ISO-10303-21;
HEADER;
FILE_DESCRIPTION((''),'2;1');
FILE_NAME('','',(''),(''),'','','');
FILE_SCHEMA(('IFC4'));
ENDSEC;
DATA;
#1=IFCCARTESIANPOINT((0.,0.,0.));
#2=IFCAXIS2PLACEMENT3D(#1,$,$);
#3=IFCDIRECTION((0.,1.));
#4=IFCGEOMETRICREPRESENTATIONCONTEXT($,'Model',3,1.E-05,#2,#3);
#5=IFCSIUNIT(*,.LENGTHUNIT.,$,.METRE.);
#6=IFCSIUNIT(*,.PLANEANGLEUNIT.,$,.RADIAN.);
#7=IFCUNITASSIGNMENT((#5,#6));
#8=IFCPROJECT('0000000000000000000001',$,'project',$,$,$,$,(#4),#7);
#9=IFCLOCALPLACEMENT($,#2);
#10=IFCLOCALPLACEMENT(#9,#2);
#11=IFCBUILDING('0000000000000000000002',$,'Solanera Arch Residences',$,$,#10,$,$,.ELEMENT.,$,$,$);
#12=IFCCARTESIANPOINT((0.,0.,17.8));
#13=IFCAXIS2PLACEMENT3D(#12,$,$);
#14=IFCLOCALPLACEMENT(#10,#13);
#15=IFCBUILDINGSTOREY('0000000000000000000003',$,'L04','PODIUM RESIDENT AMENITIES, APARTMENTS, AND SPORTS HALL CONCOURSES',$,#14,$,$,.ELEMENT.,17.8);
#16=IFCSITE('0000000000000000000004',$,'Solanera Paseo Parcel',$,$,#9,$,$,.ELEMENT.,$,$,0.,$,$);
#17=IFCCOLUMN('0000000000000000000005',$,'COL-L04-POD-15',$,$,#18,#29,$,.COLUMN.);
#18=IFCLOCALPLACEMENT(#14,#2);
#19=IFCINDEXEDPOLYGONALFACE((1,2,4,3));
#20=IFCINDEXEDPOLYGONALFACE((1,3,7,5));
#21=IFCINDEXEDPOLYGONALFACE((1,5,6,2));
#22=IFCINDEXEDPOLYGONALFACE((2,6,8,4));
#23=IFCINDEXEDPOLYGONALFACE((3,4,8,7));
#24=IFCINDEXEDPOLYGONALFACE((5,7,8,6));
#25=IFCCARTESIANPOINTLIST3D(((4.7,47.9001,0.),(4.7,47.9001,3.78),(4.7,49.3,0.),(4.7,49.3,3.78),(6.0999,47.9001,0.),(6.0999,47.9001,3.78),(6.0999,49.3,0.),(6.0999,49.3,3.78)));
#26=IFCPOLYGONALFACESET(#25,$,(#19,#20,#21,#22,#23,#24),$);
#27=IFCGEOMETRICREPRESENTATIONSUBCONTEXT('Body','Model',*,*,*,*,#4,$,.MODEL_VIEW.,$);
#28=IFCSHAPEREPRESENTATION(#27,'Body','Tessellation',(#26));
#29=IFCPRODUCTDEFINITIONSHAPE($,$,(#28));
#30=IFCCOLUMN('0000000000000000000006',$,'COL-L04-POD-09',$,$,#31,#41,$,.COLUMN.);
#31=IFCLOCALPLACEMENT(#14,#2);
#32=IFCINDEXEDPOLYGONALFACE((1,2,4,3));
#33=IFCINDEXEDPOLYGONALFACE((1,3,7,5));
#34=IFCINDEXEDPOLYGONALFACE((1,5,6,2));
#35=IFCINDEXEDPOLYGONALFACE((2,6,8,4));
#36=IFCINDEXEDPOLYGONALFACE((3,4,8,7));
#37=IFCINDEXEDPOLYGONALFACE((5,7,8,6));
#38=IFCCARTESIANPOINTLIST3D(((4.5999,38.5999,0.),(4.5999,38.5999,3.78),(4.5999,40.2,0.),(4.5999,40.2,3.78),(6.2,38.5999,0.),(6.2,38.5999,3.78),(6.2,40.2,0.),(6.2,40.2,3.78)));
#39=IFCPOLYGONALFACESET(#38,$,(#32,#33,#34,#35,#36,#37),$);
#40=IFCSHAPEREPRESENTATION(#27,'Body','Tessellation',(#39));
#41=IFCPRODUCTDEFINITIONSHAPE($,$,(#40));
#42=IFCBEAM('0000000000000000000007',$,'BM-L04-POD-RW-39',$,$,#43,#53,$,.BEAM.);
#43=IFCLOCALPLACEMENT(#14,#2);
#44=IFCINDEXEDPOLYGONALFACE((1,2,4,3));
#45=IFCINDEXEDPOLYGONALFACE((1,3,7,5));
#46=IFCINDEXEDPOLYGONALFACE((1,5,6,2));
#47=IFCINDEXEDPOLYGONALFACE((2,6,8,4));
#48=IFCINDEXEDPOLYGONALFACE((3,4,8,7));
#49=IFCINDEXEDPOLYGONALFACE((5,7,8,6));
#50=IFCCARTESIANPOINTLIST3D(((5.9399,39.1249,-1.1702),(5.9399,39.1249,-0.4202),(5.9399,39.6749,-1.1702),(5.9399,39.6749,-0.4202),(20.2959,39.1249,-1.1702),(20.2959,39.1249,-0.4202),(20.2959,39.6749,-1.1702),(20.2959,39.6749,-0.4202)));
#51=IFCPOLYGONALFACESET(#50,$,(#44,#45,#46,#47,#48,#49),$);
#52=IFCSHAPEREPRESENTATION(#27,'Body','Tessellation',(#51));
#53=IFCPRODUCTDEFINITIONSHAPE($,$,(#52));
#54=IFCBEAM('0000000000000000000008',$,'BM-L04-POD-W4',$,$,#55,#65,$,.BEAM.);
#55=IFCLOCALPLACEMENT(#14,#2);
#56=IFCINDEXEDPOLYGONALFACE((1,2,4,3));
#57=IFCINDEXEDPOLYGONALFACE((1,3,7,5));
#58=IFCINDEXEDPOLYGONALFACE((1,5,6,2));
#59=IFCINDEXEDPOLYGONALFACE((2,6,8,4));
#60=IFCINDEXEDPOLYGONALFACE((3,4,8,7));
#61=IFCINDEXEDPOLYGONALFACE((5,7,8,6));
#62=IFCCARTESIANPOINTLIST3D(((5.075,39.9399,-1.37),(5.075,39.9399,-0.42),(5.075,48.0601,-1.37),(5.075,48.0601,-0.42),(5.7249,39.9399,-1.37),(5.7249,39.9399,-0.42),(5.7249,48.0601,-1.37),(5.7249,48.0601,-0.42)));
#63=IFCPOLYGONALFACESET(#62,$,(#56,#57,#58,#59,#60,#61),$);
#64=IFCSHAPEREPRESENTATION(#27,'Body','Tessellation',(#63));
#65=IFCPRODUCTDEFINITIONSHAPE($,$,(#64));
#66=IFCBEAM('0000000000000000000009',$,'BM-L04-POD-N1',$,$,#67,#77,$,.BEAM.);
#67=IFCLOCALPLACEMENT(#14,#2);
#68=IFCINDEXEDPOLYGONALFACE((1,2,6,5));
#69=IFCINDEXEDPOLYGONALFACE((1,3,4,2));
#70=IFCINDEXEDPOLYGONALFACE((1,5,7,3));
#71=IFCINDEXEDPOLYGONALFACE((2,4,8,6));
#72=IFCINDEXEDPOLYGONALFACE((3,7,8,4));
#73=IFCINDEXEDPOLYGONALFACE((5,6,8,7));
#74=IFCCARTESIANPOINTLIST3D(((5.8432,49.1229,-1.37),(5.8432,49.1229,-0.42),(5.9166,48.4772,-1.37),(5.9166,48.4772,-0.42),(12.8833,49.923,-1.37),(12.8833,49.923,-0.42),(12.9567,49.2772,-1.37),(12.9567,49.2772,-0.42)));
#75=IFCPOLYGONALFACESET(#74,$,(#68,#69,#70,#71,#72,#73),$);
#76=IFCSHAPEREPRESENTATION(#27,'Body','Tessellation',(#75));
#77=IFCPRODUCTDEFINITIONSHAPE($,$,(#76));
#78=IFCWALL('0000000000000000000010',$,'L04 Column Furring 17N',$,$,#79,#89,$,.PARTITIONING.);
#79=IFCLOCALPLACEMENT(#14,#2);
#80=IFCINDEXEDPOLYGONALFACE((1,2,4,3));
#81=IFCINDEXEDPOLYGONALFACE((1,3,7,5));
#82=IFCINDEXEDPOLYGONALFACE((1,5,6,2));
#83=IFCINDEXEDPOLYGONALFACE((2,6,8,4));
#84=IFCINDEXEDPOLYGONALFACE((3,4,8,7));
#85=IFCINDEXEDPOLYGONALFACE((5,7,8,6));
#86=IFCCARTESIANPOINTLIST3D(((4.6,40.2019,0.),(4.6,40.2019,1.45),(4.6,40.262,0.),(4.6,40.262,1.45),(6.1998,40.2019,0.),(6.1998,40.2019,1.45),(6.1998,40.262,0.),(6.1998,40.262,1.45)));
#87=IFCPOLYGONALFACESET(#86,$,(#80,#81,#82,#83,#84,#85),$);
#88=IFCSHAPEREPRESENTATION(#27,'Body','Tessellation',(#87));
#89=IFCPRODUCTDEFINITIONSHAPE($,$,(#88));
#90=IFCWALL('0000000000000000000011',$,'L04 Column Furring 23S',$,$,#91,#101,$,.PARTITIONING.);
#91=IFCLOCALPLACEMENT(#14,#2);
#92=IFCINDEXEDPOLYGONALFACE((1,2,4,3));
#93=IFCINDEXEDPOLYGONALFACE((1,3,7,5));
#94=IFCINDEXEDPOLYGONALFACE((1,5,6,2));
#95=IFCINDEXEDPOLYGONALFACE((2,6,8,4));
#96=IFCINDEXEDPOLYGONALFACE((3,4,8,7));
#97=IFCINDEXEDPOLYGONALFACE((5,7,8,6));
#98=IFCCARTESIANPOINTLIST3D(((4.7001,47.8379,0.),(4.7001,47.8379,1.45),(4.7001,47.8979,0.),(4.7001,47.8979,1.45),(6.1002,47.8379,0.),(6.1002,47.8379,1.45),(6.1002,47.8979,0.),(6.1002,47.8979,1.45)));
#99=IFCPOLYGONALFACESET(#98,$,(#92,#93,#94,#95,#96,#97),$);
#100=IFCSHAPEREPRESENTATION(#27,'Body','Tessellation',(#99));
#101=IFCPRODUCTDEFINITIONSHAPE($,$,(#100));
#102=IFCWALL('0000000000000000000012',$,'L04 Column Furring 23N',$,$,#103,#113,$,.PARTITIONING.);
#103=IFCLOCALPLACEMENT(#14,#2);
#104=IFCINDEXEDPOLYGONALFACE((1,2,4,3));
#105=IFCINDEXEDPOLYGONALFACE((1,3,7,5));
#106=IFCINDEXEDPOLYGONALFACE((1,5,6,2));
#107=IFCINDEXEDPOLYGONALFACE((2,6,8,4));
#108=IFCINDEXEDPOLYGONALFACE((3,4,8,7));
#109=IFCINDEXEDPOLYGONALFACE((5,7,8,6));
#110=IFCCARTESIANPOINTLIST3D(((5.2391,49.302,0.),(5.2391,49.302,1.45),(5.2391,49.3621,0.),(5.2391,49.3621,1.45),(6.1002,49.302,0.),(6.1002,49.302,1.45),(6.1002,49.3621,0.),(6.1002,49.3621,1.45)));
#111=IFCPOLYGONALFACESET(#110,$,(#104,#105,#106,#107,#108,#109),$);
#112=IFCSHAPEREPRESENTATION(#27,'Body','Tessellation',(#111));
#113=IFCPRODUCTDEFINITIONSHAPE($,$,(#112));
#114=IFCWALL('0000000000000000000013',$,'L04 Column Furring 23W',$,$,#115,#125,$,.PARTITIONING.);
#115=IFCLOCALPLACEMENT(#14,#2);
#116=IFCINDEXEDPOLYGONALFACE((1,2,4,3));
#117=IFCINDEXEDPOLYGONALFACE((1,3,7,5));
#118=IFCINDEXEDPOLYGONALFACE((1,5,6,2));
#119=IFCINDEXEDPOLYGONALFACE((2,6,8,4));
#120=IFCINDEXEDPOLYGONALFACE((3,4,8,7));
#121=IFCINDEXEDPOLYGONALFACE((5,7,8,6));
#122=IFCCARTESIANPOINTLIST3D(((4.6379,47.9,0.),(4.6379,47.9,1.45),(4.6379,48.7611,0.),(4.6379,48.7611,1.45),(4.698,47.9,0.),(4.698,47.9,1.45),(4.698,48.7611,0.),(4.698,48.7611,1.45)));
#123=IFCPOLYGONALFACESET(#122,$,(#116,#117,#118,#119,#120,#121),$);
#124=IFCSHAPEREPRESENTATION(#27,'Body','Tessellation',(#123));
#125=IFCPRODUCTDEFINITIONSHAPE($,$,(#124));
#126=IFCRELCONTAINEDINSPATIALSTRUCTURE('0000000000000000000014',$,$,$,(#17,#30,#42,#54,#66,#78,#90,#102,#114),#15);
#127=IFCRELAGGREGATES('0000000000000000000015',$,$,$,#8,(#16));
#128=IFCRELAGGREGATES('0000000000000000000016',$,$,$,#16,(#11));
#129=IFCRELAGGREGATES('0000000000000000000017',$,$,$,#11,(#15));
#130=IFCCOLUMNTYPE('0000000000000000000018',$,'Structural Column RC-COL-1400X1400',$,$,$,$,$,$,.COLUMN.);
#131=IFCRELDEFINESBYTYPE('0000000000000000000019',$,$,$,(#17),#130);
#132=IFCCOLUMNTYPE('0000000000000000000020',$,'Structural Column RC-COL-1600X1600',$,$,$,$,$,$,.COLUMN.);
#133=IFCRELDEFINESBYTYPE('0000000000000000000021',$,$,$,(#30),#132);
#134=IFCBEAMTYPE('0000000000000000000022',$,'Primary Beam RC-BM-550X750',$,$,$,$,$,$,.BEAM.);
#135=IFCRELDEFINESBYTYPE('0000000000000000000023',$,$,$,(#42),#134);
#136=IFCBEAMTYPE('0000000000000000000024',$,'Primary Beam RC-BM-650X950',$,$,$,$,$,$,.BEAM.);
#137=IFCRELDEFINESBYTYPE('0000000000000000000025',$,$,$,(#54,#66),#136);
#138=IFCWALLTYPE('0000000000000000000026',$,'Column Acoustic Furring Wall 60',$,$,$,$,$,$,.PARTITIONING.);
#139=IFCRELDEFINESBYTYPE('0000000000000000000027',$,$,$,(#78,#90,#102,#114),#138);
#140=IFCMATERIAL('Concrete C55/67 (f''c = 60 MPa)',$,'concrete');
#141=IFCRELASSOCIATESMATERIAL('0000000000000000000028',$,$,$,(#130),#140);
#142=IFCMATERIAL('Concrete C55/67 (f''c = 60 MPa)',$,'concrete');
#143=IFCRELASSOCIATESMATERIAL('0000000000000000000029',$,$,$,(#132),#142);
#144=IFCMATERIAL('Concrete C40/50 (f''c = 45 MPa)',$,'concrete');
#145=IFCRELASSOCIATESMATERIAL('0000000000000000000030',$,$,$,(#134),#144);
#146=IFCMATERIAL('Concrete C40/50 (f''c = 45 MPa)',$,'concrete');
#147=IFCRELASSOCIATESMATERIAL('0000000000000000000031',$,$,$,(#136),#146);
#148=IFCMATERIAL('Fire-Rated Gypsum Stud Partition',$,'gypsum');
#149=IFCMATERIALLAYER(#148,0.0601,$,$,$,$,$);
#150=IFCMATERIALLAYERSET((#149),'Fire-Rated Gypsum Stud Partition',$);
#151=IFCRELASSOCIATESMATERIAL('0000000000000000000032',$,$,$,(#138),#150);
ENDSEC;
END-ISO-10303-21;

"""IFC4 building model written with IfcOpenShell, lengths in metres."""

from ifc_helpers import new_model, si_unit, direction, frame, frame_2d, origin, origin_2d, place, context, subcontext, project, spatial, rectangle, extrude, material, layer, layer_set, material_profile, profile_set, type_object, element, save


model = new_model("IFC4")

# Units and contexts
model_context = context("Model", 3, precision=1e-05, world=origin(), true_north=direction((0.0, 1.0)))
body_context = subcontext(model_context, "Body", "Model", "MODEL_VIEW")
ifc_project = project(units=[si_unit("LENGTHUNIT", "METRE"), si_unit("PLANEANGLEUNIT", "RADIAN")], contexts=[model_context])

# Site, building, storey
site_placement = place(None, origin())
site = spatial("IfcSite", under=ifc_project, at=site_placement, Name="Solanera Paseo Parcel", CompositionType="ELEMENT", RefElevation=0.0)
building_placement = place(site_placement, origin())
building = spatial("IfcBuilding", under=site, at=building_placement, Name="Solanera Arch Residences", CompositionType="ELEMENT")
storey_placement = place(building_placement, frame((0.0, 0.0, 17.8)))
storey = spatial("IfcBuildingStorey", under=building, at=storey_placement, Name="L04", Description="PODIUM RESIDENT AMENITIES, APARTMENTS, AND SPORTS HALL CONCOURSES", CompositionType="ELEMENT", Elevation=17.8)

# Columns
ifc_material_1 = material(Name="Concrete C55/67 (f'c = 60 MPa)", Category="concrete")
ifc_material_profile_1 = material_profile(ifc_material_1, rectangle(XDim=1.3999, YDim=1.3999, at=origin_2d()))
ifc_profile_set_1 = profile_set([ifc_material_profile_1], Name="Concrete C55/67 (f'c = 60 MPa)")
column_type_1 = type_object("IfcColumnType", Name="Structural Column RC-COL-1400X1400", PredefinedType="COLUMN", material=ifc_profile_set_1)
column_1_placement = place(storey_placement, frame((5.3999, 48.6001, 0.0), z_axis=(0.0, 0.0, 1.0), x_axis=(1.0, 0.0, 0.0)))
element("IfcColumn", 1, at=column_1_placement, inside=storey, type_object=column_type_1, Name="COL-L04-POD-15", PredefinedType="COLUMN", context=body_context, shape_type="SweptSolid", body=[
    extrude(rectangle(XDim=1.3999, YDim=1.3999, at=origin_2d()), origin(), (0.0, 0.0, 1.0), 3.78),
])
ifc_material_2 = material(Name="Concrete C55/67 (f'c = 60 MPa)", Category="concrete")
ifc_material_profile_2 = material_profile(ifc_material_2, rectangle(XDim=1.6001, YDim=1.6001, at=origin_2d()))
ifc_profile_set_2 = profile_set([ifc_material_profile_2], Name="Concrete C55/67 (f'c = 60 MPa)")
column_type_2 = type_object("IfcColumnType", Name="Structural Column RC-COL-1600X1600", PredefinedType="COLUMN", material=ifc_profile_set_2)
column_2_placement = place(storey_placement, frame((5.3999, 39.3999, 0.0), z_axis=(0.0, 0.0, 1.0), x_axis=(1.0, 0.0, 0.0)))
element("IfcColumn", 2, at=column_2_placement, inside=storey, type_object=column_type_2, Name="COL-L04-POD-09", PredefinedType="COLUMN", context=body_context, shape_type="SweptSolid", body=[
    extrude(rectangle(XDim=1.6001, YDim=1.6001, at=origin_2d()), origin(), (0.0, 0.0, 1.0), 3.78),
])

# Beams
ifc_material_3 = material(Name="Concrete C40/50 (f'c = 45 MPa)", Category="concrete")
ifc_material_profile_3 = material_profile(ifc_material_3, rectangle(XDim=0.55, YDim=0.75, at=origin_2d()))
ifc_profile_set_3 = profile_set([ifc_material_profile_3], Name="Concrete C40/50 (f'c = 45 MPa)")
beam_type_1 = type_object("IfcBeamType", Name="Primary Beam RC-BM-550X750", PredefinedType="BEAM", material=ifc_profile_set_3)
beam_1_placement = place(storey_placement, frame((5.9399, 39.3999, -0.7952), z_axis=(1.0, 0.0, 0.0), x_axis=(0.0, 1.0, 0.0)))
element("IfcBeam", 3, at=beam_1_placement, inside=storey, type_object=beam_type_1, Name="BM-L04-POD-RW-39", PredefinedType="BEAM", context=body_context, shape_type="SweptSolid", body=[
    extrude(rectangle(XDim=0.55, YDim=0.75, at=origin_2d()), origin(), (0.0, 0.0, 1.0), 14.356),
])
ifc_material_4 = material(Name="Concrete C40/50 (f'c = 45 MPa)", Category="concrete")
ifc_material_profile_4 = material_profile(ifc_material_4, rectangle(XDim=0.6499, YDim=0.95, at=origin_2d()))
ifc_profile_set_4 = profile_set([ifc_material_profile_4], Name="Concrete C40/50 (f'c = 45 MPa)")
beam_type_2 = type_object("IfcBeamType", Name="Primary Beam RC-BM-650X950", PredefinedType="BEAM", material=ifc_profile_set_4)
beam_2_placement = place(storey_placement, frame((5.3999, 39.9399, -0.895), z_axis=(0.0, 1.0, 0.0), x_axis=(-1.0, 0.0, 0.0)))
element("IfcBeam", 4, at=beam_2_placement, inside=storey, type_object=beam_type_2, Name="BM-L04-POD-W4", PredefinedType="BEAM", context=body_context, shape_type="SweptSolid", body=[
    extrude(rectangle(XDim=0.6499, YDim=0.95, at=origin_2d()), origin(), (0.0, 0.0, 1.0), 8.1201),
])
beam_3_placement = place(storey_placement, frame((5.8799, 48.8, -0.895), z_axis=(0.993605, 0.112916, 0.0), x_axis=(-0.112916, 0.993605, 0.0)))
element("IfcBeam", 5, at=beam_3_placement, inside=storey, type_object=beam_type_2, Name="BM-L04-POD-N1", PredefinedType="BEAM", context=body_context, shape_type="SweptSolid", body=[
    extrude(rectangle(XDim=0.6499, YDim=0.95, at=origin_2d()), origin(), (0.0, 0.0, 1.0), 7.0854),
])

# Walls
ifc_material_5 = material(Name="Fire-Rated Gypsum Stud Partition", Category="gypsum")
ifc_layer_1 = layer(ifc_material_5, 0.0601)
ifc_layer_set_1 = layer_set([ifc_layer_1], Name="Fire-Rated Gypsum Stud Partition")
wall_type_1 = type_object("IfcWallType", Name="Column Acoustic Furring Wall 60", PredefinedType="PARTITIONING", material=ifc_layer_set_1)
wall_1_placement = place(storey_placement, frame((4.6001, 40.2319, 0.0), z_axis=(0.0, 0.0, 1.0), x_axis=(1.0, 0.0, 0.0)))
element("IfcWall", 6, at=wall_1_placement, inside=storey, type_object=wall_type_1, Name="L04 Column Furring 17N", PredefinedType="PARTITIONING", context=body_context, shape_type="SweptSolid", body=[
    extrude(rectangle(XDim=1.5999, YDim=0.0601, at=frame_2d((0.7998, 0.0))), origin(), (0.0, 0.0, 1.0), 1.45),
])
wall_2_placement = place(storey_placement, frame((4.7, 47.8679, 0.0), z_axis=(0.0, 0.0, 1.0), x_axis=(1.0, 0.0, 0.0)))
element("IfcWall", 7, at=wall_2_placement, inside=storey, type_object=wall_type_1, Name="L04 Column Furring 23S", PredefinedType="PARTITIONING", context=body_context, shape_type="SweptSolid", body=[
    extrude(rectangle(XDim=1.4001, YDim=0.0601, at=frame_2d((0.7002, 0.0))), origin(), (0.0, 0.0, 1.0), 1.45),
])
for number, where, z_axis, x_axis, name in (
    (8, (5.239, 49.332, 0.0), (0.0, 0.0, 1.0), (1.0, 0.0, 0.0), "L04 Column Furring 23N"),
    (9, (4.668, 47.8999, 0.0), (0.0, 0.0, 1.0), (0.0, 1.0, 0.0), "L04 Column Furring 23W"),
):
    element("IfcWall", number, at=place(storey_placement, frame(where, z_axis=z_axis, x_axis=x_axis)), inside=storey, type_object=wall_type_1, Name=name, PredefinedType="PARTITIONING", context=body_context, shape_type="SweptSolid", body=[
        extrude(rectangle(XDim=0.8611, YDim=0.0601, at=frame_2d((0.4307, 0.0))), origin(), (0.0, 0.0, 1.0), 1.45),
    ])

save(model, "model.ifc")
